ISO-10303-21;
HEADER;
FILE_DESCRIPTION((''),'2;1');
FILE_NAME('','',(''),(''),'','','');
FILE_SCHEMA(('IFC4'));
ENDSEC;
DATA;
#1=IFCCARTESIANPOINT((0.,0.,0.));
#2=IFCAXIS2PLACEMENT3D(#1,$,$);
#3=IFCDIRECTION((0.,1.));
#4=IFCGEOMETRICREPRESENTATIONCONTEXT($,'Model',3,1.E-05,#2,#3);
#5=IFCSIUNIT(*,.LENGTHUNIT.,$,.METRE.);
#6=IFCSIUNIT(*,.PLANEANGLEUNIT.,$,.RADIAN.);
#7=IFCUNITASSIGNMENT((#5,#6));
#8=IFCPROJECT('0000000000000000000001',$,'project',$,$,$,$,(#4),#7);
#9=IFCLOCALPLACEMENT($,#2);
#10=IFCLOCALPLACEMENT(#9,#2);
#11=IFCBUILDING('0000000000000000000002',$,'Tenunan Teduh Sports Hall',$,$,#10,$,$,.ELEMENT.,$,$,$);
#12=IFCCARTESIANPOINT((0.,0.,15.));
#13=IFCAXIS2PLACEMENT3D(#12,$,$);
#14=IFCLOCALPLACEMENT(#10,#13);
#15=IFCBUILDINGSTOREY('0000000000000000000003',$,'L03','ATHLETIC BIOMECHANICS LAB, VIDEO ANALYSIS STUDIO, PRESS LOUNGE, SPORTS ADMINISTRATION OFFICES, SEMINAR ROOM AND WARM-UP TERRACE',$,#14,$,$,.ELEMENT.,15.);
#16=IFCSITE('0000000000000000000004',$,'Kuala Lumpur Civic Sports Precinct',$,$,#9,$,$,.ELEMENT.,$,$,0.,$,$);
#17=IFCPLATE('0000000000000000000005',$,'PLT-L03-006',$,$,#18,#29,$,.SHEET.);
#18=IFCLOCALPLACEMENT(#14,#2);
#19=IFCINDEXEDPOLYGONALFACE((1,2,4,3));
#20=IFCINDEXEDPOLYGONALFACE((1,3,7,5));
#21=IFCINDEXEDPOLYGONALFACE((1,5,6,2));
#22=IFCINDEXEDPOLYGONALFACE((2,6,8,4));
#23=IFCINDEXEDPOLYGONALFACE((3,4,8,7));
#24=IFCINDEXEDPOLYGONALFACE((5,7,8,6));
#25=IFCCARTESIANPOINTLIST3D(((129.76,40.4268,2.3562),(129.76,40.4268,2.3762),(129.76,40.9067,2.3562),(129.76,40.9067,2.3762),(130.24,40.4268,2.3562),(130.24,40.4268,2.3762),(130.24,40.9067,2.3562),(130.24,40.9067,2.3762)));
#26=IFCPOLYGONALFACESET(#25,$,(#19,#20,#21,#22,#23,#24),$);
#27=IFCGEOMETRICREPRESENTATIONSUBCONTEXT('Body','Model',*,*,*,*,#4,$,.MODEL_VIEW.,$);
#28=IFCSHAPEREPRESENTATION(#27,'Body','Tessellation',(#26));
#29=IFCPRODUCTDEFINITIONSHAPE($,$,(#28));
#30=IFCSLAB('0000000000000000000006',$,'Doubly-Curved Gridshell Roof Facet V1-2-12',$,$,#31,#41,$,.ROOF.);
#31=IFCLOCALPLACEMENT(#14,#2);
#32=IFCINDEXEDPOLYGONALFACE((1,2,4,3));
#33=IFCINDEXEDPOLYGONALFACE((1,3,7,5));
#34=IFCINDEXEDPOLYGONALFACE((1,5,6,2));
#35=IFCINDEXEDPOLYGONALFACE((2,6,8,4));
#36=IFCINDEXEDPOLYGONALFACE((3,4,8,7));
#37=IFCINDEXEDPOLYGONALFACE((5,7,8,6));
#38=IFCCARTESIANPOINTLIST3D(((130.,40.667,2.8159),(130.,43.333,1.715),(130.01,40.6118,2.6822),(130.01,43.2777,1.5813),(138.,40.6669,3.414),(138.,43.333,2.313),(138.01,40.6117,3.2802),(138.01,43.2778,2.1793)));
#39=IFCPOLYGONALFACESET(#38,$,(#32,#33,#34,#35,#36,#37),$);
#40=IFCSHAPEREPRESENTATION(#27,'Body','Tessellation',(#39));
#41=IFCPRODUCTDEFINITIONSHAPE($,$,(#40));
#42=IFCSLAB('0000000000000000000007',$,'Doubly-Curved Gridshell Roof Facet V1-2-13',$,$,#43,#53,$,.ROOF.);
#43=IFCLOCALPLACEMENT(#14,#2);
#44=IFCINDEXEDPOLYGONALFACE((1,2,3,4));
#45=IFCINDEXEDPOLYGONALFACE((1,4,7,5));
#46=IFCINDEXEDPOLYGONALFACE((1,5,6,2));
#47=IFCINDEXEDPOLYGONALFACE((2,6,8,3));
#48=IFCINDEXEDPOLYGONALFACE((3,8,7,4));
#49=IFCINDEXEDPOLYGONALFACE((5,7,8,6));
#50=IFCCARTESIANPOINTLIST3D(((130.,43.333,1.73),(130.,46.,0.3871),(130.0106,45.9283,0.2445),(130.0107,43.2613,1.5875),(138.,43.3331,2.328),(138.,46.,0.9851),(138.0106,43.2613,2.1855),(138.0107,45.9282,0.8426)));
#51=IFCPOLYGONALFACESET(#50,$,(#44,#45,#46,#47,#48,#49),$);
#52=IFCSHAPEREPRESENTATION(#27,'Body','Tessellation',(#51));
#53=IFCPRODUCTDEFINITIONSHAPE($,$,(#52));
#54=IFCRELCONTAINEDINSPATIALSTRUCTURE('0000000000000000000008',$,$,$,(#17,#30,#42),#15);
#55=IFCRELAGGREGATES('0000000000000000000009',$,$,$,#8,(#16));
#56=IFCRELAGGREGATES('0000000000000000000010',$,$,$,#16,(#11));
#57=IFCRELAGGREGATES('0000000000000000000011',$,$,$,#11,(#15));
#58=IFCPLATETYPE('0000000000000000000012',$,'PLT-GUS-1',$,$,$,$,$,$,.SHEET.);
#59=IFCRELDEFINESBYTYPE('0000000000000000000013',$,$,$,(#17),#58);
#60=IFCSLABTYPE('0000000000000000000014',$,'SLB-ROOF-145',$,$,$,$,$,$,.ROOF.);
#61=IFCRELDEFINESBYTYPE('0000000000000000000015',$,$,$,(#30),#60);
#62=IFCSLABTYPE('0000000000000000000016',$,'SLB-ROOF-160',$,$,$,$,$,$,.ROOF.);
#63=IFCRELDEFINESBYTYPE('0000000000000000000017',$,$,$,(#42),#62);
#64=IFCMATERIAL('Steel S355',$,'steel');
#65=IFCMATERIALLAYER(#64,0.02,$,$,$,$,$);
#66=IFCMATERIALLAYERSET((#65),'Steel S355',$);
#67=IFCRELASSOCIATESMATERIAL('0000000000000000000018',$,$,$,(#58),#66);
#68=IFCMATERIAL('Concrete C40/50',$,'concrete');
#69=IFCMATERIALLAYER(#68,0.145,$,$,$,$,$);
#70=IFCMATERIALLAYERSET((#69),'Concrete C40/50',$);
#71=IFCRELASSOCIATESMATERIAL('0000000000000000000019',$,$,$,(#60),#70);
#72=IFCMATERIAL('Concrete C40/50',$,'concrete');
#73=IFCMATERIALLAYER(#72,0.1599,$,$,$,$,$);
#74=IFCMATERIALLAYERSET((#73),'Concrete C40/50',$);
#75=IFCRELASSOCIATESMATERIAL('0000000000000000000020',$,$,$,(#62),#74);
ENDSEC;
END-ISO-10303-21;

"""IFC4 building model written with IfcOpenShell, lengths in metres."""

from ifc_helpers import new_model, si_unit, direction, frame, origin, origin_2d, place, context, subcontext, project, spatial, polyline, rectangle, outline, extrude, material, layer, layer_set, type_object, element, save


model = new_model("IFC4")

# Units and contexts
model_context = context("Model", 3, precision=1e-05, world=origin(), true_north=direction((0.0, 1.0)))
body_context = subcontext(model_context, "Body", "Model", "MODEL_VIEW")
ifc_project = project(units=[si_unit("LENGTHUNIT", "METRE"), si_unit("PLANEANGLEUNIT", "RADIAN")], contexts=[model_context])

# Site, building, storey
site_placement = place(None, origin())
site = spatial("IfcSite", under=ifc_project, at=site_placement, Name="Kuala Lumpur Civic Sports Precinct", CompositionType="ELEMENT", RefElevation=0.0)
building_placement = place(site_placement, origin())
building = spatial("IfcBuilding", under=site, at=building_placement, Name="Tenunan Teduh Sports Hall", CompositionType="ELEMENT")
storey_placement = place(building_placement, frame((0.0, 0.0, 15.0)))
storey = spatial("IfcBuildingStorey", under=building, at=storey_placement, Name="L03", Description="ATHLETIC BIOMECHANICS LAB, VIDEO ANALYSIS STUDIO, PRESS LOUNGE, SPORTS ADMINISTRATION OFFICES, SEMINAR ROOM AND WARM-UP TERRACE", CompositionType="ELEMENT", Elevation=15.0)

# Plate
ifc_material_1 = material(Name="Steel S355", Category="steel")
ifc_layer_1 = layer(ifc_material_1, 0.02)
ifc_layer_set_1 = layer_set([ifc_layer_1], Name="Steel S355")
plate_type = type_object("IfcPlateType", Name="PLT-GUS-1", PredefinedType="SHEET", material=ifc_layer_set_1)
plate_placement = place(storey_placement, frame((130.0, 40.6667, 2.3562), z_axis=(0.0, 0.0, 1.0), x_axis=(1.0, 0.0, 0.0)))
element("IfcPlate", 1, at=plate_placement, inside=storey, type_object=plate_type, Name="PLT-L03-006", PredefinedType="SHEET", context=body_context, shape_type="SweptSolid", body=[
    extrude(rectangle(XDim=0.48, YDim=0.48, at=origin_2d()), origin(), (0.0, 0.0, 1.0), 0.02),
])

# Slabs
ifc_material_2 = material(Name="Concrete C40/50", Category="concrete")
ifc_layer_2 = layer(ifc_material_2, 0.145)
ifc_layer_set_2 = layer_set([ifc_layer_2], Name="Concrete C40/50")
slab_type_1 = type_object("IfcSlabType", Name="SLB-ROOF-145", PredefinedType="ROOF", material=ifc_layer_set_2)
slab_1_placement = place(storey_placement, frame((130.0, 40.667, 2.8159), z_axis=(-0.068929, 0.380785, 0.922091), x_axis=(0.997218, -0.000005, 0.074547)))
element("IfcSlab", 2, at=slab_1_placement, inside=storey, type_object=slab_type_1, Name="Doubly-Curved Gridshell Roof Facet V1-2-12", PredefinedType="ROOF", context=body_context, shape_type="SweptSolid", body=[
    extrude(outline(polyline([(0.0, 0.0), (8.0223, 0.0), (7.9402, 2.8833), (-0.0821, 2.8832), (0.0, 0.0)])), origin(), (0.0, 0.0, -1.0), 0.145),
])
ifc_material_3 = material(Name="Concrete C40/50", Category="concrete")
ifc_layer_3 = layer(ifc_material_3, 0.1599)
ifc_layer_set_3 = layer_set([ifc_layer_3], Name="Concrete C40/50")
slab_type_2 = type_object("IfcSlabType", Name="SLB-ROOF-160", PredefinedType="ROOF", material=ifc_layer_set_3)
slab_2_placement = place(storey_placement, frame((130.0, 43.333, 1.73), z_axis=(-0.066618, 0.448731, 0.89118), x_axis=(0.997218, 0.000006, 0.074542)))
element("IfcSlab", 3, at=slab_2_placement, inside=storey, type_object=slab_type_2, Name="Doubly-Curved Gridshell Roof Facet V1-2-13", PredefinedType="ROOF", context=body_context, shape_type="SweptSolid", body=[
    extrude(outline(polyline([(0.0, 0.0), (8.0223, 0.0), (7.9222, 2.9843), (-0.1001, 2.9844), (0.0, 0.0)])), origin(), (0.0, 0.0, -1.0), 0.1599),
])

save(model, "model.ifc")
